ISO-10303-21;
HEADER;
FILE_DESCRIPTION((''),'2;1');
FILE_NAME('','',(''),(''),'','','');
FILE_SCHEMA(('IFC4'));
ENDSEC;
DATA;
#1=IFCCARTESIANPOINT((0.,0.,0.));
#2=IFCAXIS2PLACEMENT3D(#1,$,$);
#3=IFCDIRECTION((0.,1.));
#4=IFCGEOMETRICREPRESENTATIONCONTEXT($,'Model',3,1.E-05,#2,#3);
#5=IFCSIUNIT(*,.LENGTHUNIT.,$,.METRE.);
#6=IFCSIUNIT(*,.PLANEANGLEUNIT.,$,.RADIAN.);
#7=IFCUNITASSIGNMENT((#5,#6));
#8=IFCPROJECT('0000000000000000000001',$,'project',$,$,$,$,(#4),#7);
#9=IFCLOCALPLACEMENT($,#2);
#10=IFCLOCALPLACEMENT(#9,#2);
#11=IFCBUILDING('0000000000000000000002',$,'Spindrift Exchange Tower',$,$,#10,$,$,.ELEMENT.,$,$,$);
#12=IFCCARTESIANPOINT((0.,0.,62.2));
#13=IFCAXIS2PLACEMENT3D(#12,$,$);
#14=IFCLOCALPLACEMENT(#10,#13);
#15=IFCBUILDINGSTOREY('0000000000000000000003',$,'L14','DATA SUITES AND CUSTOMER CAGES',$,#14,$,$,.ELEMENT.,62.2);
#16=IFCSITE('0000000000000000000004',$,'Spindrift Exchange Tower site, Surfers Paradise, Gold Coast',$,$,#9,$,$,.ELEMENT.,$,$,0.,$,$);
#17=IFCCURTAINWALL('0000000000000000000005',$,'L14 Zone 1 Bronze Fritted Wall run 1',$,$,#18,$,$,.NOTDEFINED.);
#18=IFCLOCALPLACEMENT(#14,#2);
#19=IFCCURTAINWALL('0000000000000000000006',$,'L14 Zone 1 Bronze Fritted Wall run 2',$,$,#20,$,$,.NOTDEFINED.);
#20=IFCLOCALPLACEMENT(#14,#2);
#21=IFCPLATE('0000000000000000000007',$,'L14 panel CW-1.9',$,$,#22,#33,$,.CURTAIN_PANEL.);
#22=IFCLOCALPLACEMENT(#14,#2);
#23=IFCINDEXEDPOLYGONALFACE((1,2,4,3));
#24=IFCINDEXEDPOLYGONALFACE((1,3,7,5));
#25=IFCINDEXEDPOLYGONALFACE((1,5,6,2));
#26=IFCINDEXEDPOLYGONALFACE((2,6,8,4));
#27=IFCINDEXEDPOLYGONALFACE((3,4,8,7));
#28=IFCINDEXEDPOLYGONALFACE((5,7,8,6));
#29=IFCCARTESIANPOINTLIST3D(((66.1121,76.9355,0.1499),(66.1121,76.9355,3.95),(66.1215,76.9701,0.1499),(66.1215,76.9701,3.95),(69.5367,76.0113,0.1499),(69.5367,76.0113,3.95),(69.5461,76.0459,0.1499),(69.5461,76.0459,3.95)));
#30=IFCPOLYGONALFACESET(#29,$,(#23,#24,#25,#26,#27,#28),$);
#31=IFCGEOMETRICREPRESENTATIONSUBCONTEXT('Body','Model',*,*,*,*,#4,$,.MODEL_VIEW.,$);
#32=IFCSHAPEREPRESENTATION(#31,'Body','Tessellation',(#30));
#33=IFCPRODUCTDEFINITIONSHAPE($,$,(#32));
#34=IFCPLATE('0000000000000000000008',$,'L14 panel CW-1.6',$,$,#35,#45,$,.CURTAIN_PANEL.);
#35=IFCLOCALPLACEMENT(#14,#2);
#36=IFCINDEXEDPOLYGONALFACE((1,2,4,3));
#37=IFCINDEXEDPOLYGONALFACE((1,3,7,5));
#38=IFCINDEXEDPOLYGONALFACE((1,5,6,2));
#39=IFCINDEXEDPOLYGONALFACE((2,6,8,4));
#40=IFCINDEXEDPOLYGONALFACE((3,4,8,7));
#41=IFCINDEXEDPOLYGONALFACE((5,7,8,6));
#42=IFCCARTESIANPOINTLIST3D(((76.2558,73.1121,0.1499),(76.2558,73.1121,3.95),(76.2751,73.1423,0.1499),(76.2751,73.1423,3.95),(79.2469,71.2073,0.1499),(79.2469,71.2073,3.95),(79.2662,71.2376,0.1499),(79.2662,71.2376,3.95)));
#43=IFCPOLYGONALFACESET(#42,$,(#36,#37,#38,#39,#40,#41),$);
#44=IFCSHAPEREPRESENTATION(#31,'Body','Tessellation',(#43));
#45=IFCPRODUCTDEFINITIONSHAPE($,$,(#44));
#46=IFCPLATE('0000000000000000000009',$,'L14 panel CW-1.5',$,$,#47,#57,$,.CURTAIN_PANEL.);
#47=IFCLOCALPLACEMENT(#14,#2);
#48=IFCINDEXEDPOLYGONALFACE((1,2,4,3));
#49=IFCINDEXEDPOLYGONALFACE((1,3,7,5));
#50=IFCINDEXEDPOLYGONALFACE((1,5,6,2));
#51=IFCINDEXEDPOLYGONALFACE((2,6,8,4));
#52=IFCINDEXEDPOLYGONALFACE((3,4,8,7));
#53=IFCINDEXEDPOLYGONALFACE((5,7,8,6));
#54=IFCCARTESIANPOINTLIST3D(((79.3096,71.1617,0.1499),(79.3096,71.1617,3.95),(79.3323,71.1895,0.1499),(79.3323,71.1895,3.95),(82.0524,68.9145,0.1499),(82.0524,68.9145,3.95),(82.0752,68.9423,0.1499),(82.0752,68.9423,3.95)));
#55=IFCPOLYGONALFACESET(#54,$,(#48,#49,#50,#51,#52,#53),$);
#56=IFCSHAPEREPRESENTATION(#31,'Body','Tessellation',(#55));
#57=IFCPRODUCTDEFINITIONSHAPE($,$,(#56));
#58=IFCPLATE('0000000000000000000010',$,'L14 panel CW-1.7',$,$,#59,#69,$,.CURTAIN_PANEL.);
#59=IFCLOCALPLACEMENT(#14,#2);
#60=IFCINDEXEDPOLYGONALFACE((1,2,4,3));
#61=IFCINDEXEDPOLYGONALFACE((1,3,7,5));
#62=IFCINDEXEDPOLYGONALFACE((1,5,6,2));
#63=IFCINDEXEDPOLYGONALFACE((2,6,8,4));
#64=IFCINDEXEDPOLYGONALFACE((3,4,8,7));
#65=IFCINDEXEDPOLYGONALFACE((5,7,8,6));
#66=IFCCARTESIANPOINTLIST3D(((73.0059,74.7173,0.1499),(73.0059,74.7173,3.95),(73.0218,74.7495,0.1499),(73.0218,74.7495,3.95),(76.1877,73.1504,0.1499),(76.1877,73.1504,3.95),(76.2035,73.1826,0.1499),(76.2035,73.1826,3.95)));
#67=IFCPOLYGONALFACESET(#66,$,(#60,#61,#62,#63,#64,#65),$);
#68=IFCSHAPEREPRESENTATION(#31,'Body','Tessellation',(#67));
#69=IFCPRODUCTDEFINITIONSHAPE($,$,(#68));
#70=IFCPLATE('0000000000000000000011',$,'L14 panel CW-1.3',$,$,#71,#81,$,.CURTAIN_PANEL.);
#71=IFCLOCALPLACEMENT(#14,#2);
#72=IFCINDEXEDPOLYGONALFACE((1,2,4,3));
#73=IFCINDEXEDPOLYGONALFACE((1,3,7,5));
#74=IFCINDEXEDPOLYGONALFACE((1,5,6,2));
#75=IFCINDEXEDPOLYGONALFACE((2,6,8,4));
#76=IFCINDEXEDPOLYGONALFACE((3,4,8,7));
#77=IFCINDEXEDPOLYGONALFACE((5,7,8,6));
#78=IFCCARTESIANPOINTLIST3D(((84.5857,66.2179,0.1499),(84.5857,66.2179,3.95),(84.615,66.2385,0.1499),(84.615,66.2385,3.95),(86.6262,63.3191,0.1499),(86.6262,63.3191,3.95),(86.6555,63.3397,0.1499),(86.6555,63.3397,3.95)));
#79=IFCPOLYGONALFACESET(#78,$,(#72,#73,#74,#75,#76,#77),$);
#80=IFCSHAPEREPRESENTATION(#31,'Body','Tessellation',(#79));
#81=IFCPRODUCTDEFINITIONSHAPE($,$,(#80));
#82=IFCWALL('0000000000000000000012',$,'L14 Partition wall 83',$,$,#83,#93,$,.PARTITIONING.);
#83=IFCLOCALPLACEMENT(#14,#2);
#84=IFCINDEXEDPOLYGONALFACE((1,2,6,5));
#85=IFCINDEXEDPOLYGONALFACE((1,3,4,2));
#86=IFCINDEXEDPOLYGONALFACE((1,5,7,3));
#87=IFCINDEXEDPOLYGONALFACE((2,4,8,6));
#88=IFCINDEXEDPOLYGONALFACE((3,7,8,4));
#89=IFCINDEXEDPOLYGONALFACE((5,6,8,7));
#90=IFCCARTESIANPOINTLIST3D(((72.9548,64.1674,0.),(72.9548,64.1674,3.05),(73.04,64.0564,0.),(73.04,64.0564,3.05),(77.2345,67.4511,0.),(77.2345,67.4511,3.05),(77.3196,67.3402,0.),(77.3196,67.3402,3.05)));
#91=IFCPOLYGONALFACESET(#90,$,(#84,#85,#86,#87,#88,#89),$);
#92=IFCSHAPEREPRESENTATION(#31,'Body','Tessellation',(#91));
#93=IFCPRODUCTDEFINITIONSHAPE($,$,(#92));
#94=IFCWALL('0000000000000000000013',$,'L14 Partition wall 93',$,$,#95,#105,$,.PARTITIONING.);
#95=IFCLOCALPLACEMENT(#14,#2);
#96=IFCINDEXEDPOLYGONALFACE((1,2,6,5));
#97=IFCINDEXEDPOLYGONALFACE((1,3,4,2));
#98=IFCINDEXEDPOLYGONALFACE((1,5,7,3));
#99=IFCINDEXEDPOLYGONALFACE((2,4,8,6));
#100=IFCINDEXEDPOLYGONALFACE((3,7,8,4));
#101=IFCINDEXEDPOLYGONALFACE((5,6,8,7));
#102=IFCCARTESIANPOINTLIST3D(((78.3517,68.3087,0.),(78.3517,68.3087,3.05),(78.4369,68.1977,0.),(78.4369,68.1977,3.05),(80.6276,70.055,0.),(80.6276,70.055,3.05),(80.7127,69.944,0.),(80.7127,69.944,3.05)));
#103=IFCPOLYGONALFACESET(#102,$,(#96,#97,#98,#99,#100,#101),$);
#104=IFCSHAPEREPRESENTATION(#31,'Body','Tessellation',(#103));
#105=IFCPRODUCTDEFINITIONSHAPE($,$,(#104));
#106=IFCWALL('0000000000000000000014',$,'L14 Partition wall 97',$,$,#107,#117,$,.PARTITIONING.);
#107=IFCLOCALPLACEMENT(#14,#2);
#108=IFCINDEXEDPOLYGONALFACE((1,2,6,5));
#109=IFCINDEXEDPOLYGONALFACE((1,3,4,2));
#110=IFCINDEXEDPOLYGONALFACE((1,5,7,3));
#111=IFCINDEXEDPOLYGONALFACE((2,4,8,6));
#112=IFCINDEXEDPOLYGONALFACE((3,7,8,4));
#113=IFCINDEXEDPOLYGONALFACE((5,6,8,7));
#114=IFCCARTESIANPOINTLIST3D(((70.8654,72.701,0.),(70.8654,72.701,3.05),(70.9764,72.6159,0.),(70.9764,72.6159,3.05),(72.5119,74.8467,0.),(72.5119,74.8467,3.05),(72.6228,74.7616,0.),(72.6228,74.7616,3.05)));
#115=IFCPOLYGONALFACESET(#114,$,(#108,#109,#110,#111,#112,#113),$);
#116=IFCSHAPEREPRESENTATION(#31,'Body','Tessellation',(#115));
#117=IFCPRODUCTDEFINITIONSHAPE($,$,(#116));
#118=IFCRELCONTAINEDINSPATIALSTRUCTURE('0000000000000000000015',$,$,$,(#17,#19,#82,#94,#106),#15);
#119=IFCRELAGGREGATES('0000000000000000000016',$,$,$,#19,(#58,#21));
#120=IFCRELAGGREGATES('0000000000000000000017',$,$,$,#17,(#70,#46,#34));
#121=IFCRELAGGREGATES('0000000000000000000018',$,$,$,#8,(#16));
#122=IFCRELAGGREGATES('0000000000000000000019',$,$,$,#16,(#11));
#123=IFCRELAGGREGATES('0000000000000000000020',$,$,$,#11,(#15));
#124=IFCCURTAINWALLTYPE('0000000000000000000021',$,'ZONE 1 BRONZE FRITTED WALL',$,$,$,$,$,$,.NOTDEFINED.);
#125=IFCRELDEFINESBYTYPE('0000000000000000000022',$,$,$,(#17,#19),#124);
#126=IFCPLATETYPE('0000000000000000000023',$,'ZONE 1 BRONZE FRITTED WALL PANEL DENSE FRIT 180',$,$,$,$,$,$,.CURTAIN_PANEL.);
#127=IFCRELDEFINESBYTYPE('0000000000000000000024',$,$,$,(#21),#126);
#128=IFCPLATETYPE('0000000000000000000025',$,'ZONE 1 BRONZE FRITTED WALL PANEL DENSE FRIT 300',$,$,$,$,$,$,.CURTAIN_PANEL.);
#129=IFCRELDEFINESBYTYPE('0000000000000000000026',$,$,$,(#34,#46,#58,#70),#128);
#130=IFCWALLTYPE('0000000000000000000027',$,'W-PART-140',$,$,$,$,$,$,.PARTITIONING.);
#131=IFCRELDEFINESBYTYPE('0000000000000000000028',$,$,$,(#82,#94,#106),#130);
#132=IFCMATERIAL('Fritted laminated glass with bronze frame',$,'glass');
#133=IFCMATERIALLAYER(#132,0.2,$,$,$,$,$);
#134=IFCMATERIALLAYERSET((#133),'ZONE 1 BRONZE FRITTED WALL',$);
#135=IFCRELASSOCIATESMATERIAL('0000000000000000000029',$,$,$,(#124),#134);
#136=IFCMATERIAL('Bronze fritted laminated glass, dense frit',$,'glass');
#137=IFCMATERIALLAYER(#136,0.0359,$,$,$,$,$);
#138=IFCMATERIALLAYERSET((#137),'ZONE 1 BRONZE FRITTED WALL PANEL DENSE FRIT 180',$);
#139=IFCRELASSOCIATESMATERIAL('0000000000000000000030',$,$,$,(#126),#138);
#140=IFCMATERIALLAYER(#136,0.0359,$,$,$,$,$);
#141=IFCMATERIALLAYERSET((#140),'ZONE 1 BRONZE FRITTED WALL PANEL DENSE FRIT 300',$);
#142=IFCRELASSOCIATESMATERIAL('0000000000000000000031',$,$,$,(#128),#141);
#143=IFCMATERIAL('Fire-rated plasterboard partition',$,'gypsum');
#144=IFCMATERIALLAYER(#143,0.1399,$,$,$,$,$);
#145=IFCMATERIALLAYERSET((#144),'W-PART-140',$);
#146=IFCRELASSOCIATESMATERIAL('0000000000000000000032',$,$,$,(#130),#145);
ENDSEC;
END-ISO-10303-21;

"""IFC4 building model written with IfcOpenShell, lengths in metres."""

from ifc_helpers import new_model, si_unit, direction, frame, frame_2d, origin, origin_2d, place, context, subcontext, project, spatial, rectangle, extrude, source, transform, mapped, material, layer, layer_set, type_object, element, aggregate, save


model = new_model("IFC4")

# Units and contexts
model_context = context("Model", 3, precision=1e-05, world=origin(), true_north=direction((0.0, 1.0)))
body_context = subcontext(model_context, "Body", "Model", "MODEL_VIEW")
ifc_project = project(units=[si_unit("LENGTHUNIT", "METRE"), si_unit("PLANEANGLEUNIT", "RADIAN")], contexts=[model_context])

# Site, building, storey
site_placement = place(None, origin())
site = spatial("IfcSite", under=ifc_project, at=site_placement, Name="Spindrift Exchange Tower site, Surfers Paradise, Gold Coast", CompositionType="ELEMENT", RefElevation=0.0)
building_placement = place(site_placement, origin())
building = spatial("IfcBuilding", under=site, at=building_placement, Name="Spindrift Exchange Tower", CompositionType="ELEMENT")
storey_placement = place(building_placement, frame((0.0, 0.0, 62.2)))
storey = spatial("IfcBuildingStorey", under=building, at=storey_placement, Name="L14", Description="DATA SUITES AND CUSTOMER CAGES", CompositionType="ELEMENT", Elevation=62.2)

# Curtain walls
ifc_material_1 = material(Name="Fritted laminated glass with bronze frame", Category="glass")
ifc_layer_1 = layer(ifc_material_1, 0.2)
ifc_layer_set_1 = layer_set([ifc_layer_1], Name="ZONE 1 BRONZE FRITTED WALL")
curtain_wall_type = type_object("IfcCurtainWallType", Name="ZONE 1 BRONZE FRITTED WALL", PredefinedType="NOTDEFINED", material=ifc_layer_set_1)
curtain_wall_1_placement = place(storey_placement, origin())
curtain_wall_1 = element("IfcCurtainWall", 1, at=curtain_wall_1_placement, inside=storey, type_object=curtain_wall_type, Name="L14 Zone 1 Bronze Fritted Wall run 1", PredefinedType="NOTDEFINED")
curtain_wall_2_placement = place(storey_placement, origin())
curtain_wall_2 = element("IfcCurtainWall", 2, at=curtain_wall_2_placement, inside=storey, type_object=curtain_wall_type, Name="L14 Zone 1 Bronze Fritted Wall run 2", PredefinedType="NOTDEFINED")

# Plates
ifc_material_2 = material(Name="Bronze fritted laminated glass, dense frit", Category="glass")
ifc_layer_2 = layer(ifc_material_2, 0.0359)
ifc_layer_set_2 = layer_set([ifc_layer_2], Name="ZONE 1 BRONZE FRITTED WALL PANEL DENSE FRIT 180")
plate_type_1 = type_object("IfcPlateType", Name="ZONE 1 BRONZE FRITTED WALL PANEL DENSE FRIT 180", PredefinedType="CURTAIN_PANEL", material=ifc_layer_set_2)
ifc_layer_3 = layer(ifc_material_2, 0.0359)
ifc_layer_set_3 = layer_set([ifc_layer_3], Name="ZONE 1 BRONZE FRITTED WALL PANEL DENSE FRIT 300")
plate_type_2 = type_object("IfcPlateType", Name="ZONE 1 BRONZE FRITTED WALL PANEL DENSE FRIT 300", PredefinedType="CURTAIN_PANEL", material=ifc_layer_set_3)
shared_shape_1 = source(origin(), body_context, "Body", "SweptSolid", [
    extrude(rectangle(XDim=3.5471, YDim=0.0359, at=origin_2d()), origin(), (0.0, 0.0, 1.0), 3.8),
])
plate_1_placement = place(storey_placement, frame((67.8291, 76.4907, 0.1499), z_axis=(0.0, 0.0, 1.0), x_axis=(-0.965461, 0.260548, 0.0)))
plate_1 = element("IfcPlate", 3, at=plate_1_placement, type_object=plate_type_1, Name="L14 panel CW-1.9", PredefinedType="CURTAIN_PANEL", context=body_context, shape_type="MappedRepresentation", body=[
    mapped(shared_shape_1, transform((0.0, 0.0, 0.0), scale=1.0)),
])
shared_shape_2 = source(origin(), body_context, "Body", "SweptSolid", [
    extrude(rectangle(XDim=3.5461, YDim=0.0359, at=origin_2d()), origin(), (0.0, 0.0, 1.0), 3.8),
])
plate_2_placement = place(storey_placement, frame((77.761, 72.1748, 0.1499), z_axis=(0.0, 0.0, 1.0), x_axis=(-0.843493, 0.537141, 0.0)))
plate_2 = element("IfcPlate", 4, at=plate_2_placement, type_object=plate_type_2, Name="L14 panel CW-1.6", PredefinedType="CURTAIN_PANEL", context=body_context, shape_type="MappedRepresentation", body=[
    mapped(shared_shape_2, transform((0.0, 0.0, 0.0), scale=1.0)),
])
shared_shape_3 = source(origin(), body_context, "Body", "SweptSolid", [
    extrude(rectangle(XDim=3.5459, YDim=0.0359, at=origin_2d()), origin(), (0.0, 0.0, 1.0), 3.8),
])
plate_3_placement = place(storey_placement, frame((80.6924, 70.052, 0.1499), z_axis=(0.0, 0.0, 1.0), x_axis=(-0.773532, 0.633758, 0.0)))
plate_3 = element("IfcPlate", 5, at=plate_3_placement, type_object=plate_type_2, Name="L14 panel CW-1.5", PredefinedType="CURTAIN_PANEL", context=body_context, shape_type="MappedRepresentation", body=[
    mapped(shared_shape_3, transform((0.0, 0.0, 0.0), scale=1.0)),
])
shared_shape_4 = source(origin(), body_context, "Body", "SweptSolid", [
    extrude(rectangle(XDim=3.5466, YDim=0.0359, at=origin_2d()), origin(), (0.0, 0.0, 1.0), 3.8),
])
plate_4_placement = place(storey_placement, frame((74.6047, 73.95, 0.1499), z_axis=(0.0, 0.0, 1.0), x_axis=(-0.897119, 0.441789, 0.0)))
plate_4 = element("IfcPlate", 6, at=plate_4_placement, type_object=plate_type_2, Name="L14 panel CW-1.7", PredefinedType="CURTAIN_PANEL", context=body_context, shape_type="MappedRepresentation", body=[
    mapped(shared_shape_4, transform((0.0, 0.0, 0.0), scale=1.0)),
])
aggregate(curtain_wall_2, [plate_4, plate_1])
shared_shape_5 = source(origin(), body_context, "Body", "SweptSolid", [
    extrude(rectangle(XDim=3.5449, YDim=0.0359, at=origin_2d()), origin(), (0.0, 0.0, 1.0), 3.8),
])
plate_5_placement = place(storey_placement, frame((85.6206, 64.7788, 0.1499), z_axis=(0.0, 0.0, 1.0), x_axis=(-0.575606, 0.817727, 0.0)))
plate_5 = element("IfcPlate", 7, at=plate_5_placement, type_object=plate_type_2, Name="L14 panel CW-1.3", PredefinedType="CURTAIN_PANEL", context=body_context, shape_type="MappedRepresentation", body=[
    mapped(shared_shape_5, transform((0.0, 0.0, 0.0), scale=1.0)),
])
aggregate(curtain_wall_1, [plate_5, plate_3, plate_2])

# Walls
ifc_material_3 = material(Name="Fire-rated plasterboard partition", Category="gypsum")
ifc_layer_4 = layer(ifc_material_3, 0.1399)
ifc_layer_set_4 = layer_set([ifc_layer_4], Name="W-PART-140")
wall_type = type_object("IfcWallType", Name="W-PART-140", PredefinedType="PARTITIONING", material=ifc_layer_set_4)
wall_1_placement = place(storey_placement, frame((72.9973, 64.1118, 0.0), z_axis=(0.0, 0.0, 1.0), x_axis=(0.793364, 0.608748, 0.0)))
element("IfcWall", 8, at=wall_1_placement, inside=storey, type_object=wall_type, Name="L14 Partition wall 83", PredefinedType="PARTITIONING", context=body_context, shape_type="SweptSolid", body=[
    extrude(rectangle(XDim=5.3943, YDim=0.1399, at=frame_2d((2.6973, 0.0))), origin(), (0.0, 0.0, 1.0), 3.05),
])
wall_2_placement = place(storey_placement, frame((78.3943, 68.2532, 0.0), z_axis=(0.0, 0.0, 1.0), x_axis=(0.793354, 0.60876, 0.0)))
element("IfcWall", 9, at=wall_2_placement, inside=storey, type_object=wall_type, Name="L14 Partition wall 93", PredefinedType="PARTITIONING", context=body_context, shape_type="SweptSolid", body=[
    extrude(rectangle(XDim=2.8687, YDim=0.1399, at=frame_2d((1.4343, 0.0))), origin(), (0.0, 0.0, 1.0), 3.05),
])
wall_3_placement = place(storey_placement, frame((70.9209, 72.6584, 0.0), z_axis=(0.0, 0.0, 1.0), x_axis=(0.608759, 0.793355, 0.0)))
element("IfcWall", 10, at=wall_3_placement, inside=storey, type_object=wall_type, Name="L14 Partition wall 97", PredefinedType="PARTITIONING", context=body_context, shape_type="SweptSolid", body=[
    extrude(rectangle(XDim=2.7046, YDim=0.1399, at=frame_2d((1.3523, 0.0))), origin(), (0.0, 0.0, 1.0), 3.05),
])

save(model, "model.ifc")
